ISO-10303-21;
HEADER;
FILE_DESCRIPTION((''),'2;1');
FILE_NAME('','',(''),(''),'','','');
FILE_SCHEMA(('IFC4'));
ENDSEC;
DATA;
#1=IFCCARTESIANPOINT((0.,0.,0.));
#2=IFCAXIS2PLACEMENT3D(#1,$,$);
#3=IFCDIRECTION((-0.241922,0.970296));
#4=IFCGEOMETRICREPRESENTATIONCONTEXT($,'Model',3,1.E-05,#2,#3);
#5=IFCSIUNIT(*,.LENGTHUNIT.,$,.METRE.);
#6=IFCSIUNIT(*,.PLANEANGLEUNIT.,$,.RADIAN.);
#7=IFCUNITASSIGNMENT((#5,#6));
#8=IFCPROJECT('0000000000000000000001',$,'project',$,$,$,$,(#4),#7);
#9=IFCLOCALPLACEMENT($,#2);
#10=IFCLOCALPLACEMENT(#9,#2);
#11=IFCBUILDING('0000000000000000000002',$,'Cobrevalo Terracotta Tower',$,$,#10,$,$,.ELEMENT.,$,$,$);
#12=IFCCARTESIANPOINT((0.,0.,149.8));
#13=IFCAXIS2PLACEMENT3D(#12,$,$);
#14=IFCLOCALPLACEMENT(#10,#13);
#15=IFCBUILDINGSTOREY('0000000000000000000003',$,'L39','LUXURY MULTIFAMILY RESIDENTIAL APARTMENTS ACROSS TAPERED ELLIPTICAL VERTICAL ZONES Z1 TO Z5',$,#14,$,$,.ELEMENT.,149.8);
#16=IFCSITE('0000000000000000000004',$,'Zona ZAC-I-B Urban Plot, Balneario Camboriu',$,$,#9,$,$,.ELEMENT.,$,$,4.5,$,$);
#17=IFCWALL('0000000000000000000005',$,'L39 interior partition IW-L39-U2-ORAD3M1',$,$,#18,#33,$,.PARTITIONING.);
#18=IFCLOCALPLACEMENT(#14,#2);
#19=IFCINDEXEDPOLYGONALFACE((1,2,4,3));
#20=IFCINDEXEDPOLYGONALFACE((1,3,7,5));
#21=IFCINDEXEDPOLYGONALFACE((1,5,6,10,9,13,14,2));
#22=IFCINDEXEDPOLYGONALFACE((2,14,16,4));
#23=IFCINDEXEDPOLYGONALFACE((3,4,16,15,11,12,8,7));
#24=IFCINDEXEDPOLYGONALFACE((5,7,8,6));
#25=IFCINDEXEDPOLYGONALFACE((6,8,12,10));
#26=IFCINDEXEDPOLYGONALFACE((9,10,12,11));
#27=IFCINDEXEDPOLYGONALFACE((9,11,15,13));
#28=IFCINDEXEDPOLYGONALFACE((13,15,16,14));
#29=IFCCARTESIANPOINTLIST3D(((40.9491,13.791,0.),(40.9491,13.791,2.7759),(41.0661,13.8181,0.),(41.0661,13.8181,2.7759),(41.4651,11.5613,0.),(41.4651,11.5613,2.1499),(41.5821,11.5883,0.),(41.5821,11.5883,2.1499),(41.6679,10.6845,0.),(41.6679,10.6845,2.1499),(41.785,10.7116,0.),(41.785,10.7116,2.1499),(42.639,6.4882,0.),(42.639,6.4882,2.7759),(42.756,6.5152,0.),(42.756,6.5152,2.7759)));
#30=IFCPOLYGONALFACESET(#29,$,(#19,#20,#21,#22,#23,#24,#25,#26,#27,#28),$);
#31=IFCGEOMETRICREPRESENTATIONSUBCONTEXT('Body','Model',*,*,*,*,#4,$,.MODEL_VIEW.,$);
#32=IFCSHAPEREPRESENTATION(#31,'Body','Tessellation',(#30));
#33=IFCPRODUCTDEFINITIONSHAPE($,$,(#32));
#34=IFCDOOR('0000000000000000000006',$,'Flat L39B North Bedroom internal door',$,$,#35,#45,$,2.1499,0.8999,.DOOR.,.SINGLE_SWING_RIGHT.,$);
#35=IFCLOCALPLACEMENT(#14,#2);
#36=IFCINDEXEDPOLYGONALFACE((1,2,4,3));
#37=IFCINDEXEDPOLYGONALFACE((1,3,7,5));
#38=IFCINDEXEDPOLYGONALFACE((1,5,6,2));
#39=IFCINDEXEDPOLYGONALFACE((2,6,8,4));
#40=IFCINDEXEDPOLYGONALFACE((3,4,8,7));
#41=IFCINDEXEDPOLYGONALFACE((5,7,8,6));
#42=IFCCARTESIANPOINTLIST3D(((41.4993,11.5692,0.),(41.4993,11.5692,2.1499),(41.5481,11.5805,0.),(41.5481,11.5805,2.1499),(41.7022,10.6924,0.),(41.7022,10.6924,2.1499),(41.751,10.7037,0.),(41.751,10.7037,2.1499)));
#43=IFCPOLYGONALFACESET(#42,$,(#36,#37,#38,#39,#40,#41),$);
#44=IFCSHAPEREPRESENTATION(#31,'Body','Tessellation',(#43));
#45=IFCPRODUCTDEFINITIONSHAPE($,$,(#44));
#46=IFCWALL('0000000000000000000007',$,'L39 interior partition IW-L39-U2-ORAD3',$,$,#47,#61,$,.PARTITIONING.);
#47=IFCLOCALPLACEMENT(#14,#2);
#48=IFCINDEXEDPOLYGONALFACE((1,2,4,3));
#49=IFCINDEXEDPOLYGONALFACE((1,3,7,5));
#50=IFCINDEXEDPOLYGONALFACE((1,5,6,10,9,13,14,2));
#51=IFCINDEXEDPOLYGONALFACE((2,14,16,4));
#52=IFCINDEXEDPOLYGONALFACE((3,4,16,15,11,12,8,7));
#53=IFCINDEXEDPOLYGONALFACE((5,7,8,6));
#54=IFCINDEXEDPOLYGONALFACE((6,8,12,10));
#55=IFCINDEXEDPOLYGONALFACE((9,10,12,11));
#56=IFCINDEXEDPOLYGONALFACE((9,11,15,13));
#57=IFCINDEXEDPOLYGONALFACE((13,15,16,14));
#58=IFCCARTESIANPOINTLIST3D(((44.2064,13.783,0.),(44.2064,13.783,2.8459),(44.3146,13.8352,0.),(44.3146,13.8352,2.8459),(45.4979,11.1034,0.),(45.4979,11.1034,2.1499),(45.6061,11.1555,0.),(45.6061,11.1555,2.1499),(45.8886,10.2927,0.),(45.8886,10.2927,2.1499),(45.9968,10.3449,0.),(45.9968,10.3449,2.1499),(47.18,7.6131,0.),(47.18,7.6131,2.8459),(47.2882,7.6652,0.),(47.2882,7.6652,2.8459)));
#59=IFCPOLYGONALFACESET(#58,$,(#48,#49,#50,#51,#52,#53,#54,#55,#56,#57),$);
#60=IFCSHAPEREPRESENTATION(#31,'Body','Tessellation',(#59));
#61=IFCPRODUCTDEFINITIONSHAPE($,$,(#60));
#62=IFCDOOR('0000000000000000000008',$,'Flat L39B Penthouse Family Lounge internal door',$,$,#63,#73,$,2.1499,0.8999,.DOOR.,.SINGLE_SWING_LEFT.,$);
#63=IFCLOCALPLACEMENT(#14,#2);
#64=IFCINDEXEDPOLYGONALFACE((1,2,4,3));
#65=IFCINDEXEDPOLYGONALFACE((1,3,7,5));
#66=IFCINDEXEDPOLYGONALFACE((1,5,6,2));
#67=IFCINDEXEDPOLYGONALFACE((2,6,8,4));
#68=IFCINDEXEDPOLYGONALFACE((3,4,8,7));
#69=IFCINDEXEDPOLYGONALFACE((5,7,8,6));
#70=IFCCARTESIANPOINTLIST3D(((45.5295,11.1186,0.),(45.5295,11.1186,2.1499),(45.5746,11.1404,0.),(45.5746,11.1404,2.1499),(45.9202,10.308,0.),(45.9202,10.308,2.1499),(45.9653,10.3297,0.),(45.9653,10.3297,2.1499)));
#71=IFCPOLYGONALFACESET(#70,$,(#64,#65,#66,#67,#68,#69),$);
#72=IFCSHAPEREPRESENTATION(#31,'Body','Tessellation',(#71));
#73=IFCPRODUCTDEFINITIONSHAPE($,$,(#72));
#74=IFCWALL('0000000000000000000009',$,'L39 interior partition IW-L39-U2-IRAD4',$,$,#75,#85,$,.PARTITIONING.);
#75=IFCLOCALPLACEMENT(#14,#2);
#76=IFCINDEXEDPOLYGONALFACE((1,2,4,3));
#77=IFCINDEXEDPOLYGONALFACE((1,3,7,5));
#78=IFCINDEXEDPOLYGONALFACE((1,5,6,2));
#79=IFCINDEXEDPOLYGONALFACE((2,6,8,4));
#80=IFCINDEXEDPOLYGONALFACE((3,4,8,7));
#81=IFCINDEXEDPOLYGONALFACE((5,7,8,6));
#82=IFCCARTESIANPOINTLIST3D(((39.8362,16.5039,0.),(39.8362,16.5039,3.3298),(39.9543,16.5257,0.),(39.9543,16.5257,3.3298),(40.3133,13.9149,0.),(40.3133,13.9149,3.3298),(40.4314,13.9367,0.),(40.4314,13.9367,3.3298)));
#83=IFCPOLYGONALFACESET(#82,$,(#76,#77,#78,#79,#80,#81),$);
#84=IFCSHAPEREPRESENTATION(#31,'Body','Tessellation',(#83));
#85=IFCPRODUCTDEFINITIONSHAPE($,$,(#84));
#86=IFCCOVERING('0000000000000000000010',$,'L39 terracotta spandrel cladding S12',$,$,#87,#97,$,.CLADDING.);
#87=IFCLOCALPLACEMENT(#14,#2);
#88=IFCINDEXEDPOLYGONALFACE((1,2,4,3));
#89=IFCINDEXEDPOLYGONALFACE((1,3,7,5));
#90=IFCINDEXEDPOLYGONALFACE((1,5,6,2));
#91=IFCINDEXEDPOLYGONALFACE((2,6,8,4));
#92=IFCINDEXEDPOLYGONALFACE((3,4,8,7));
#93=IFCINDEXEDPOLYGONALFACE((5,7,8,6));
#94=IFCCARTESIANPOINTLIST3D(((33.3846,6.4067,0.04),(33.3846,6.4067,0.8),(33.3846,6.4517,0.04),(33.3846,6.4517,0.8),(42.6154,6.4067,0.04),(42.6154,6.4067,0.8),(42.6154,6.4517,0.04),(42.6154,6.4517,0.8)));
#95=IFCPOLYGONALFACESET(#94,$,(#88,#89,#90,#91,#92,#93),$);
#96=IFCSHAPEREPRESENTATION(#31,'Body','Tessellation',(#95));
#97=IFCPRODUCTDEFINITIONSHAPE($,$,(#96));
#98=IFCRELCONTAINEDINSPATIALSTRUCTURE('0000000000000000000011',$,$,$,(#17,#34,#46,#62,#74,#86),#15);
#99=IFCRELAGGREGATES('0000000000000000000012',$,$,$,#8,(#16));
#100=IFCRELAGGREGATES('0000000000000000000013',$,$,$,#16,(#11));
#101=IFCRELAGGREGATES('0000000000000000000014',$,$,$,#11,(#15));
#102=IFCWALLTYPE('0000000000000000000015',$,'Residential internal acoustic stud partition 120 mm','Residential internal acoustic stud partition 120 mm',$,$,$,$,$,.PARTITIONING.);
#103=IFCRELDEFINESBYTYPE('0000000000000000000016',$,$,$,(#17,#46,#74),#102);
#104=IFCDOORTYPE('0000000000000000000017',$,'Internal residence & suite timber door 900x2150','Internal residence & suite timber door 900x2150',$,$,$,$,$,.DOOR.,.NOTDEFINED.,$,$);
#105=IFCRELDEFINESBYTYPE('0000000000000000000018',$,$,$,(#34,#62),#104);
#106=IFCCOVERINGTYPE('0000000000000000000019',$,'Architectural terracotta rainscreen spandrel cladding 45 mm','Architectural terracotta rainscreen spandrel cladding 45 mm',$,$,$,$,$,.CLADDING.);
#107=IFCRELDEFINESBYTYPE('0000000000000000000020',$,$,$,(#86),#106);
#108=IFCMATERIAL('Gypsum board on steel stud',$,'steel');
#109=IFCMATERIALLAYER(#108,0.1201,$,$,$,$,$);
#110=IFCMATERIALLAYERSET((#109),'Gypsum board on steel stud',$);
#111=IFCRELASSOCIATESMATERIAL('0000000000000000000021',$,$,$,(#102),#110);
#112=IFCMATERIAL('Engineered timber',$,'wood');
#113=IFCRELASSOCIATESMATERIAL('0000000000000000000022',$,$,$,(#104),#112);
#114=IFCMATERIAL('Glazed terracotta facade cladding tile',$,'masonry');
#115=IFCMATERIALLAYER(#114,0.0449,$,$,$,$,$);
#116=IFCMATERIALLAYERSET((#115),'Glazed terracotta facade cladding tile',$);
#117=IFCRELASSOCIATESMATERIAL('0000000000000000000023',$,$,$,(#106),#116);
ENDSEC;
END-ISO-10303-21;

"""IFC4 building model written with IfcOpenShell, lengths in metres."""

from ifc_helpers import new_model, si_unit, direction, frame, frame_2d, origin, origin_2d, place, context, subcontext, project, spatial, rectangle, extrude, source, transform, mapped, material, layer, layer_set, type_object, element, fill, save


model = new_model("IFC4")

# Units and contexts
model_context = context("Model", 3, precision=1e-05, world=origin(), true_north=direction((-0.241922, 0.970296)))
body_context = subcontext(model_context, "Body", "Model", "MODEL_VIEW")
ifc_project = project(units=[si_unit("LENGTHUNIT", "METRE"), si_unit("PLANEANGLEUNIT", "RADIAN")], contexts=[model_context])

# Site, building, storey
site_placement = place(None, origin())
site = spatial("IfcSite", under=ifc_project, at=site_placement, Name="Zona ZAC-I-B Urban Plot, Balneario Camboriu", CompositionType="ELEMENT", RefElevation=4.5)
building_placement = place(site_placement, origin())
building = spatial("IfcBuilding", under=site, at=building_placement, Name="Cobrevalo Terracotta Tower", CompositionType="ELEMENT")
storey_placement = place(building_placement, frame((0.0, 0.0, 149.8)))
storey = spatial("IfcBuildingStorey", under=building, at=storey_placement, Name="L39", Description="LUXURY MULTIFAMILY RESIDENTIAL APARTMENTS ACROSS TAPERED ELLIPTICAL VERTICAL ZONES Z1 TO Z5", CompositionType="ELEMENT", Elevation=149.8)

# Shared definitions
ifc_material_1 = material(Name="Gypsum board on steel stud", Category="steel")
ifc_layer_1 = layer(ifc_material_1, 0.1201)
ifc_layer_set_1 = layer_set([ifc_layer_1], Name="Gypsum board on steel stud")
wall_type = type_object("IfcWallType", Name="Residential internal acoustic stud partition 120 mm", Description="Residential internal acoustic stud partition 120 mm", PredefinedType="PARTITIONING", material=ifc_layer_set_1)

# Walls, openings, doors
ifc_material_2 = material(Name="Engineered timber", Category="wood")
door_type = type_object("IfcDoorType", Name="Internal residence & suite timber door 900x2150", Description="Internal residence & suite timber door 900x2150", OperationType="NOTDEFINED", PredefinedType="DOOR", material=ifc_material_2)
shared_shape_1 = source(origin(), body_context, "Body", "SweptSolid", [
    extrude(rectangle(XDim=0.8999, YDim=2.1499, at=frame_2d((0.45, 1.075))), frame((0.0, 0.0249, 0.0), z_axis=(0.0, -1.0, 0.0), x_axis=(1.0, 0.0, 0.0)), (0.0, 0.0, 1.0), 0.05),
])
wall_1_placement = place(storey_placement, frame((41.0076, 13.8047, 0.0), z_axis=(0.0, 0.0, 1.0), x_axis=(0.225447, -0.974255, 0.0)))
wall_1 = element("IfcWall", 1, at=wall_1_placement, inside=storey, type_object=wall_type, Name="L39 interior partition IW-L39-U2-ORAD3M1", PredefinedType="PARTITIONING", context=body_context, shape_type="SweptSolid", body=[
    extrude(rectangle(XDim=7.4958, YDim=0.1201, at=frame_2d((3.748, 0.0))), origin(), (0.0, 0.0, 1.0), 2.7759),
])
opening_1_placement = place(wall_1_placement, frame((2.2888, 0.0, 0.0)))
opening_1 = element("IfcOpeningElement", 2, at=opening_1_placement, cuts=wall_1, PredefinedType="OPENING", context=body_context, shape_type="SweptSolid", body=[
    extrude(rectangle(XDim=0.8999, YDim=2.1499, at=frame_2d((0.45, 1.075))), frame((0.0, 0.0701, 0.0), z_axis=(0.0, -1.0, 0.0), x_axis=(1.0, 0.0, 0.0)), (0.0, 0.0, 1.0), 0.1401),
])
door_1_placement = place(opening_1_placement, frame((0.8999, 0.0, 0.0), z_axis=(0.0, 0.0, 1.0), x_axis=(-1.0, 0.0, 0.0)))
door_1 = element("IfcDoor", 3, at=door_1_placement, inside=storey, type_object=door_type, Name="Flat L39B North Bedroom internal door", OperationType="SINGLE_SWING_RIGHT", OverallHeight=2.1499, OverallWidth=0.8999, PredefinedType="DOOR", context=body_context, shape_type="MappedRepresentation", body=[
    mapped(shared_shape_1, transform((0.0, 0.0, 0.0), scale=1.0)),
])
fill(opening_1, door_1)
wall_2_placement = place(storey_placement, frame((44.2605, 13.8091, 0.0), z_axis=(0.0, 0.0, 1.0), x_axis=(0.434163, -0.900834, 0.0)))
wall_2 = element("IfcWall", 4, at=wall_2_placement, inside=storey, type_object=wall_type, Name="L39 interior partition IW-L39-U2-ORAD3", PredefinedType="PARTITIONING", context=body_context, shape_type="SweptSolid", body=[
    extrude(rectangle(XDim=6.8491, YDim=0.1201, at=frame_2d((3.4246, 0.0))), origin(), (0.0, 0.0, 1.0), 2.8459),
])
opening_2_placement = place(wall_2_placement, frame((2.9746, 0.0, 0.0)))
opening_2 = element("IfcOpeningElement", 5, at=opening_2_placement, cuts=wall_2, PredefinedType="OPENING", context=body_context, shape_type="SweptSolid", body=[
    extrude(rectangle(XDim=0.8999, YDim=2.1499, at=frame_2d((0.45, 1.075))), frame((0.0, 0.0701, 0.0), z_axis=(0.0, -1.0, 0.0), x_axis=(1.0, 0.0, 0.0)), (0.0, 0.0, 1.0), 0.1401),
])
door_2_placement = place(opening_2_placement, frame((0.8999, 0.0, 0.0), z_axis=(0.0, 0.0, 1.0), x_axis=(-1.0, 0.0, 0.0)))
door_2 = element("IfcDoor", 6, at=door_2_placement, inside=storey, type_object=door_type, Name="Flat L39B Penthouse Family Lounge internal door", OperationType="SINGLE_SWING_LEFT", OverallHeight=2.1499, OverallWidth=0.8999, PredefinedType="DOOR", context=body_context, shape_type="MappedRepresentation", body=[
    mapped(shared_shape_1, transform((0.0, 0.0, 0.0), scale=1.0)),
])
fill(opening_2, door_2)

# Wall
wall_3_placement = place(storey_placement, frame((39.8953, 16.5149, 0.0), z_axis=(0.0, 0.0, 1.0), x_axis=(0.181219, -0.983443, 0.0)))
element("IfcWall", 7, at=wall_3_placement, inside=storey, type_object=wall_type, Name="L39 interior partition IW-L39-U2-IRAD4", PredefinedType="PARTITIONING", context=body_context, shape_type="SweptSolid", body=[
    extrude(rectangle(XDim=2.6326, YDim=0.1201, at=frame_2d((1.3164, 0.0))), origin(), (0.0, 0.0, 1.0), 3.3298),
])

# Covering
ifc_material_3 = material(Name="Glazed terracotta facade cladding tile", Category="masonry")
ifc_layer_2 = layer(ifc_material_3, 0.0449)
ifc_layer_set_2 = layer_set([ifc_layer_2], Name="Glazed terracotta facade cladding tile")
covering_type = type_object("IfcCoveringType", Name="Architectural terracotta rainscreen spandrel cladding 45 mm", Description="Architectural terracotta rainscreen spandrel cladding 45 mm", PredefinedType="CLADDING", material=ifc_layer_set_2)
shared_shape_2 = source(origin(), body_context, "Body", "SweptSolid", [
    extrude(rectangle(XDim=9.2307, YDim=0.0449, at=origin_2d()), origin(), (0.0, 0.0, 1.0), 0.76),
])
covering_placement = place(storey_placement, frame((38.0, 6.4292, 0.04), z_axis=(0.0, 0.0, 1.0), x_axis=(1.0, 0.0, 0.0)))
element("IfcCovering", 8, at=covering_placement, inside=storey, type_object=covering_type, Name="L39 terracotta spandrel cladding S12", PredefinedType="CLADDING", context=body_context, shape_type="MappedRepresentation", body=[
    mapped(shared_shape_2, transform((0.0, 0.0, 0.0), scale=1.0)),
])

save(model, "model.ifc")
